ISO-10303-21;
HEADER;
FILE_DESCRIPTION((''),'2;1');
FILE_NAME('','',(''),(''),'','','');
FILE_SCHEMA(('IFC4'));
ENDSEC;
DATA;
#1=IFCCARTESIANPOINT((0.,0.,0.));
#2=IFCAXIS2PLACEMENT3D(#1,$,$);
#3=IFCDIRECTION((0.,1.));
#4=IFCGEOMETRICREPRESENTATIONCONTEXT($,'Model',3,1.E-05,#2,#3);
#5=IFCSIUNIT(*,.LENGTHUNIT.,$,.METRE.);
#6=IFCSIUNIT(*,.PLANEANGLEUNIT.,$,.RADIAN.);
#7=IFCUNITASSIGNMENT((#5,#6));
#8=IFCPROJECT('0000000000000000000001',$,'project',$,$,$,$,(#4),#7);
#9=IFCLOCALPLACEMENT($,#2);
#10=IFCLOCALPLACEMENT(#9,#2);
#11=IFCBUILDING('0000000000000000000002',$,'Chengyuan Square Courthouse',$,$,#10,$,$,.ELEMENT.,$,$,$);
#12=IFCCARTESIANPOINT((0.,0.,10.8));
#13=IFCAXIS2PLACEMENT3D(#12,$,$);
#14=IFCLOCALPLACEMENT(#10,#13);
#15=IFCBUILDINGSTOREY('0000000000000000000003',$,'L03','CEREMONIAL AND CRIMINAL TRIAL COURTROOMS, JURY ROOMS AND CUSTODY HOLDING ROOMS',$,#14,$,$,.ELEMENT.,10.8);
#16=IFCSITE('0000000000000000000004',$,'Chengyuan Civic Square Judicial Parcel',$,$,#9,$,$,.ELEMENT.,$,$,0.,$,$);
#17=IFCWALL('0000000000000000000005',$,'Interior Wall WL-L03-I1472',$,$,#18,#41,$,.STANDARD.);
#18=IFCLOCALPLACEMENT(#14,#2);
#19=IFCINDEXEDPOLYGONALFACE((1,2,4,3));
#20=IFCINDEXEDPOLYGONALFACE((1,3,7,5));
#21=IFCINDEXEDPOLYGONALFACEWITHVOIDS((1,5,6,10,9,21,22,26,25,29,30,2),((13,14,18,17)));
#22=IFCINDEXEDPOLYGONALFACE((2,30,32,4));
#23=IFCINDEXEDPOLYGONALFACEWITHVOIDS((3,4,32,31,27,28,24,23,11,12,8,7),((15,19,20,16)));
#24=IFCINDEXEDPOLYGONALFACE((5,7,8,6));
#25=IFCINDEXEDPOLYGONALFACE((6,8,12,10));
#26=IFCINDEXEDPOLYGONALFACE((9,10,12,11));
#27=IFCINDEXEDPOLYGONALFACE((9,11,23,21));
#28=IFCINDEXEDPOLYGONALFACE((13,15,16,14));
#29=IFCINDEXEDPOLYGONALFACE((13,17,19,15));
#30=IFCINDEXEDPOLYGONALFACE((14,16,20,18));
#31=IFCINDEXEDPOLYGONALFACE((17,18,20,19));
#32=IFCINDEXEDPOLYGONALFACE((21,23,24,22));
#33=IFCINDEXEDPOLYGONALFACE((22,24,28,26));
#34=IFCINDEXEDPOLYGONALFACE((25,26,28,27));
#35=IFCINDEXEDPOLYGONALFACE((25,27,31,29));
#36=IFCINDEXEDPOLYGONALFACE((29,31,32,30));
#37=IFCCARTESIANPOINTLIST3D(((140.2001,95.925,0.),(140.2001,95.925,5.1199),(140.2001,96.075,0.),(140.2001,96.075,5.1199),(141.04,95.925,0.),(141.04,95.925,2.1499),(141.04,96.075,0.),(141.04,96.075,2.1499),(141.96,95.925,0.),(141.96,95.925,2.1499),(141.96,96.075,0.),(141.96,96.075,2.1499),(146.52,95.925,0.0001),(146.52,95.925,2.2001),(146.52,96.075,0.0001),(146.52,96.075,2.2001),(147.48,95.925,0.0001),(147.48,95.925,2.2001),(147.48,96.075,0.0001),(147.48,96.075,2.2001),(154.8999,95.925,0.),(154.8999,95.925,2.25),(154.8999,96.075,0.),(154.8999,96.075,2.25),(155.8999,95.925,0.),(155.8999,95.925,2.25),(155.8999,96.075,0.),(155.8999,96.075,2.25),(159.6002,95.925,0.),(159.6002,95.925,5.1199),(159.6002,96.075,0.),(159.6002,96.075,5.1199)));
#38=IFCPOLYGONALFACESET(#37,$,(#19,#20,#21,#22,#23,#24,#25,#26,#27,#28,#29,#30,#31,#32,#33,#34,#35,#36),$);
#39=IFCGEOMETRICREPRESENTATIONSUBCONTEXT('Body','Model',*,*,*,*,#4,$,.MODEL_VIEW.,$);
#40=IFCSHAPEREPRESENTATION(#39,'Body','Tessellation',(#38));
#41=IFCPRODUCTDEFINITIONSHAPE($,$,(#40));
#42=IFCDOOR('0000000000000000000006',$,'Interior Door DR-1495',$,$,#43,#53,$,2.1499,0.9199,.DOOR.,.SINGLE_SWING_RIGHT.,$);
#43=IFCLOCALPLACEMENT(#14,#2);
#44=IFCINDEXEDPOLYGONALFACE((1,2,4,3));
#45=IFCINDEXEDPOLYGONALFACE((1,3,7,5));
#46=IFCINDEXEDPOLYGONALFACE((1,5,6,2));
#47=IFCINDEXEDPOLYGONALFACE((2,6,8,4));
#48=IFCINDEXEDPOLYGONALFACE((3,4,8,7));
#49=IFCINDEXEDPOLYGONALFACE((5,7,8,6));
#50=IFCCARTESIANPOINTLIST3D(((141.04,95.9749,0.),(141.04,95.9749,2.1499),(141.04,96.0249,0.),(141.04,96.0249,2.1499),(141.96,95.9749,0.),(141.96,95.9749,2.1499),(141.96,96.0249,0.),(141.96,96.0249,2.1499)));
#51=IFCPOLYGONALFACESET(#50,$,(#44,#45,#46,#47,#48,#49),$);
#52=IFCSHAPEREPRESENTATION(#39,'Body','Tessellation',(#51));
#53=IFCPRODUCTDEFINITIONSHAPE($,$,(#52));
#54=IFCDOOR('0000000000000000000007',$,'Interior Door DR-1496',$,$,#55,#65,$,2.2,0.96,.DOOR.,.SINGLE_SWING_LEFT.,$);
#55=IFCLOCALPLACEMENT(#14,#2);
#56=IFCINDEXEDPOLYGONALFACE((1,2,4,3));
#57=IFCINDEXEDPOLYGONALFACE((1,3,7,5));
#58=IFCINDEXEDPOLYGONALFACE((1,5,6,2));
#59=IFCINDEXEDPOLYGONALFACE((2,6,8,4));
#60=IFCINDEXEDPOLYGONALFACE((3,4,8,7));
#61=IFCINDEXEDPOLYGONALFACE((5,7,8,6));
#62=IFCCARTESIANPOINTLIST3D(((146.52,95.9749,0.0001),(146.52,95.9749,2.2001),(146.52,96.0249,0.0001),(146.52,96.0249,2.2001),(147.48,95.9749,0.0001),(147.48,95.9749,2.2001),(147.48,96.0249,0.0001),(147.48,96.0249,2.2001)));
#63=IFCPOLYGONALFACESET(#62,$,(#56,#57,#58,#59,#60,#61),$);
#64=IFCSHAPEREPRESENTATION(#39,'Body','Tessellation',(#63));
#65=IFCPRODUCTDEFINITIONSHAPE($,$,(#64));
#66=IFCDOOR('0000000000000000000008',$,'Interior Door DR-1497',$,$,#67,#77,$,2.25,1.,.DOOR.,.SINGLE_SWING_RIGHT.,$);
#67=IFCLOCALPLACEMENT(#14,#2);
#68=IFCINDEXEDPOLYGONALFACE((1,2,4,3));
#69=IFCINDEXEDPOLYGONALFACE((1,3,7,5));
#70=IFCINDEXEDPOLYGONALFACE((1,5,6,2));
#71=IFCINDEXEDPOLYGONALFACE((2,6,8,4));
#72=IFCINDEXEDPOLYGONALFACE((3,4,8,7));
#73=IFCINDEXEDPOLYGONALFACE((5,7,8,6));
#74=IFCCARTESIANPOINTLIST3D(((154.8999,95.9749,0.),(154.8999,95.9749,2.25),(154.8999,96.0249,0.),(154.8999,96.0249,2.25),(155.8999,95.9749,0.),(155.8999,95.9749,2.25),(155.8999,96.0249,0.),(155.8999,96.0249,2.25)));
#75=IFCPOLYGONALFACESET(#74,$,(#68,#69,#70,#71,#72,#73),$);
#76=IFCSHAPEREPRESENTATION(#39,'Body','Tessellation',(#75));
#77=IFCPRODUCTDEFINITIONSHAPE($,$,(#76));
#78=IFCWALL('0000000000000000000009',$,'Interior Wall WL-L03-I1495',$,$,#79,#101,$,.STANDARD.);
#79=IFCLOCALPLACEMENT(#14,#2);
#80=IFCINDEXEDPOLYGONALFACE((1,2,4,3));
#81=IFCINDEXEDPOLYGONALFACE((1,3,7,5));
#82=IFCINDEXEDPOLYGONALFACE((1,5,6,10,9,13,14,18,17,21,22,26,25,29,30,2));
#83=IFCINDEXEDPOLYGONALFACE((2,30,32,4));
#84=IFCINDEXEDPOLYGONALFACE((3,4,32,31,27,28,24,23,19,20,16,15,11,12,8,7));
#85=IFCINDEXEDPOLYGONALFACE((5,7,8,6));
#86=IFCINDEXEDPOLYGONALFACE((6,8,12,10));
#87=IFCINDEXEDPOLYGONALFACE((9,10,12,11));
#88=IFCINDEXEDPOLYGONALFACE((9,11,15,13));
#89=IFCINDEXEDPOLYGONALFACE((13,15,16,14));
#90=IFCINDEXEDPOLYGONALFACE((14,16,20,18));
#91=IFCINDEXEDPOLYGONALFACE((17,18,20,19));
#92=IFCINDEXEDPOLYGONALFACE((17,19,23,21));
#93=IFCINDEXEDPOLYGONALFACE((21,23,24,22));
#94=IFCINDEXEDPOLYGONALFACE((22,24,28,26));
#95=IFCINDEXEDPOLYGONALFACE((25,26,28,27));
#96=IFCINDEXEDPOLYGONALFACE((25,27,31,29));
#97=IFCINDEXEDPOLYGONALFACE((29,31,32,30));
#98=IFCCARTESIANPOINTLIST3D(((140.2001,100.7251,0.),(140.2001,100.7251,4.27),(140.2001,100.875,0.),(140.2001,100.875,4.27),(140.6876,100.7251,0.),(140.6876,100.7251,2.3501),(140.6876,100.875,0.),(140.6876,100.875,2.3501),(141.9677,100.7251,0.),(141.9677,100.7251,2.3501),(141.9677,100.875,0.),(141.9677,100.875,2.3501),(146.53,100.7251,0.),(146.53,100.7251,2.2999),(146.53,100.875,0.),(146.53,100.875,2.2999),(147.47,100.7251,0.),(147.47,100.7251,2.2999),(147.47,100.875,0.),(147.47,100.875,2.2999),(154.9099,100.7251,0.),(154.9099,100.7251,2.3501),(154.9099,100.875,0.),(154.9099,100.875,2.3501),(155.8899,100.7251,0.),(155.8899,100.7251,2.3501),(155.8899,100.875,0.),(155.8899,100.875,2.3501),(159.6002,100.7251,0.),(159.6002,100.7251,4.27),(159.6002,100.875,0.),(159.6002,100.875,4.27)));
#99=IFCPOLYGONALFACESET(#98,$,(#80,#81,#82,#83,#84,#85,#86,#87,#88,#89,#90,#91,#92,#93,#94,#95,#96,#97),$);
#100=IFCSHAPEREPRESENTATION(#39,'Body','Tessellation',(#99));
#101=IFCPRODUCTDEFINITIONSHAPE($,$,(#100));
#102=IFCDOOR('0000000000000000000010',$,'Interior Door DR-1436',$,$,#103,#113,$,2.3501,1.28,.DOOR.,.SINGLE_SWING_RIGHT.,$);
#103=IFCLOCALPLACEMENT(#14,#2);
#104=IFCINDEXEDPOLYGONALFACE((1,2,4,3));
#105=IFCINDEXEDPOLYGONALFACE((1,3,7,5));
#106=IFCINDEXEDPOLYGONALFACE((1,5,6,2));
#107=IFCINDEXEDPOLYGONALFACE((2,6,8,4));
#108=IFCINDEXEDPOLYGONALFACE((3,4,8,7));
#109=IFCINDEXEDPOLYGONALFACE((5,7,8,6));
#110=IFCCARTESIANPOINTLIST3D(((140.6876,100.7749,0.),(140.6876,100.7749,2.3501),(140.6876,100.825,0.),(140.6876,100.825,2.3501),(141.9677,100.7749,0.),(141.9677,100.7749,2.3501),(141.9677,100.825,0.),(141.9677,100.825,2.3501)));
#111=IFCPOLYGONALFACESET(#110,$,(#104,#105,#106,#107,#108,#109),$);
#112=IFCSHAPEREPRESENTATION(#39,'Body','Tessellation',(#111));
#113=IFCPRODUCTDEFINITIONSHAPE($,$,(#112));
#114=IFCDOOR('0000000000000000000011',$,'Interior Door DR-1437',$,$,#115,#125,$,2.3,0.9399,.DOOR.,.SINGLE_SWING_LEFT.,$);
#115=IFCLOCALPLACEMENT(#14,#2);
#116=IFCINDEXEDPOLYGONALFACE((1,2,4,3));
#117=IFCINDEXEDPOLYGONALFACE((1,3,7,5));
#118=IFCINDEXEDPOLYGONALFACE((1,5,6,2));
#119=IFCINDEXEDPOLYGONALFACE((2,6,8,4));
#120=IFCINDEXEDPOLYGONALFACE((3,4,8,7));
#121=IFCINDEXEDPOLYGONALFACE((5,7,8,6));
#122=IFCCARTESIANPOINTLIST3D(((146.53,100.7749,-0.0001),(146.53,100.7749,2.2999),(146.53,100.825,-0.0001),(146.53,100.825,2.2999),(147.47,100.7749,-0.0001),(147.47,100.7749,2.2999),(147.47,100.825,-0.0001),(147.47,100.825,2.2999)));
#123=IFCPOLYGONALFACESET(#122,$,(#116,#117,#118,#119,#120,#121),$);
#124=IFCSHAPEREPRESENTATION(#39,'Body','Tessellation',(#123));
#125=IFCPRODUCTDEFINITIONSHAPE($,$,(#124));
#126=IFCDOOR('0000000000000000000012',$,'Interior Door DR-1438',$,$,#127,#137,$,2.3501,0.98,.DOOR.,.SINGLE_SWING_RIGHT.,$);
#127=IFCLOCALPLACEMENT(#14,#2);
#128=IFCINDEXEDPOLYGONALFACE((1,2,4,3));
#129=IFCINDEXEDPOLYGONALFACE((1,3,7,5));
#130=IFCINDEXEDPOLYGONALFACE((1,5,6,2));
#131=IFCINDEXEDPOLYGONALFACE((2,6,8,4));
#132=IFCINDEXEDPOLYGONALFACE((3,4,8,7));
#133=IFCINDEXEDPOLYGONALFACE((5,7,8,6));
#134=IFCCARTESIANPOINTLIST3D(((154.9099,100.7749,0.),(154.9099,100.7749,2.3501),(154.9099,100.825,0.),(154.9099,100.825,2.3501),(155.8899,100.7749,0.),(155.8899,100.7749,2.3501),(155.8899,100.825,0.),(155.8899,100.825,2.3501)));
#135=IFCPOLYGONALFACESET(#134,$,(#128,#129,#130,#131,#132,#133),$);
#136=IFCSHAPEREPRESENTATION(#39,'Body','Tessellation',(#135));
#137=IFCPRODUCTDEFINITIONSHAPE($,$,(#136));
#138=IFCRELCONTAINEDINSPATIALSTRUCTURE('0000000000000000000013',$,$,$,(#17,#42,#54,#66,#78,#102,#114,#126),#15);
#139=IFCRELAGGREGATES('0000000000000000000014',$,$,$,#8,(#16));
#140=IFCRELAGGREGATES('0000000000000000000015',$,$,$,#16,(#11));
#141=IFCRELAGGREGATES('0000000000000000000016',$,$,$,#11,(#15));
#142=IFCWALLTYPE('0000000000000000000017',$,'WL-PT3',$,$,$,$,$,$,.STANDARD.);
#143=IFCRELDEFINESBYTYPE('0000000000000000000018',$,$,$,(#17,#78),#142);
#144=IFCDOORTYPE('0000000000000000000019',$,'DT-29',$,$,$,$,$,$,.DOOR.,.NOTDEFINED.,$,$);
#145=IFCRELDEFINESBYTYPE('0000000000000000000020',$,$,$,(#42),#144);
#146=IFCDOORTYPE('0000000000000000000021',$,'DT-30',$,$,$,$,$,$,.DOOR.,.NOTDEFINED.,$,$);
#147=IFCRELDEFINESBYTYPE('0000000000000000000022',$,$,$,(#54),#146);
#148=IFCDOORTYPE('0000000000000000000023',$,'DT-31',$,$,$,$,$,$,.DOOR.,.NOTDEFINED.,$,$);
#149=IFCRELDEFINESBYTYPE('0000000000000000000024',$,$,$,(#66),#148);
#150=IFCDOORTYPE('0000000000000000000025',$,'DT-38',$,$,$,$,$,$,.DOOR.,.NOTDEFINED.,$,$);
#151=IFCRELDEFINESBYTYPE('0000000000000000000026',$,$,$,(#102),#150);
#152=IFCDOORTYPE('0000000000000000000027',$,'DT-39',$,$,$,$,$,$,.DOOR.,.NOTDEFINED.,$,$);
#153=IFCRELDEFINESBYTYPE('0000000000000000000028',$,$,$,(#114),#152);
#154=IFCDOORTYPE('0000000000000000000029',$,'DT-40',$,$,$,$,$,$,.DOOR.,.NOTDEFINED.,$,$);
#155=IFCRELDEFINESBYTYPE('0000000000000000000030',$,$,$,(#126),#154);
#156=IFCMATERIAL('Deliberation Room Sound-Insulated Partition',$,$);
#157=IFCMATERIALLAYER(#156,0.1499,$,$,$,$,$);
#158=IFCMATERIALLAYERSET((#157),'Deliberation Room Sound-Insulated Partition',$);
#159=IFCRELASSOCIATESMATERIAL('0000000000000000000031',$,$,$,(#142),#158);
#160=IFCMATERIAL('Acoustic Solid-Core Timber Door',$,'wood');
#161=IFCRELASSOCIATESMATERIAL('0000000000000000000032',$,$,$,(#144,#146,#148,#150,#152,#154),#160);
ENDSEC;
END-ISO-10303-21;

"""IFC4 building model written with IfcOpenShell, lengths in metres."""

from ifc_helpers import new_model, si_unit, direction, frame, frame_2d, origin, place, context, subcontext, project, spatial, rectangle, extrude, material, layer, layer_set, type_object, element, fill, save


model = new_model("IFC4")

# Units and contexts
model_context = context("Model", 3, precision=1e-05, world=origin(), true_north=direction((0.0, 1.0)))
body_context = subcontext(model_context, "Body", "Model", "MODEL_VIEW")
ifc_project = project(units=[si_unit("LENGTHUNIT", "METRE"), si_unit("PLANEANGLEUNIT", "RADIAN")], contexts=[model_context])

# Site, building, storey
site_placement = place(None, origin())
site = spatial("IfcSite", under=ifc_project, at=site_placement, Name="Chengyuan Civic Square Judicial Parcel", CompositionType="ELEMENT", RefElevation=0.0)
building_placement = place(site_placement, origin())
building = spatial("IfcBuilding", under=site, at=building_placement, Name="Chengyuan Square Courthouse", CompositionType="ELEMENT")
storey_placement = place(building_placement, frame((0.0, 0.0, 10.8)))
storey = spatial("IfcBuildingStorey", under=building, at=storey_placement, Name="L03", Description="CEREMONIAL AND CRIMINAL TRIAL COURTROOMS, JURY ROOMS AND CUSTODY HOLDING ROOMS", CompositionType="ELEMENT", Elevation=10.8)

# Walls, openings, doors
ifc_material_1 = material(Name="Deliberation Room Sound-Insulated Partition")
ifc_layer_1 = layer(ifc_material_1, 0.1499)
ifc_layer_set_1 = layer_set([ifc_layer_1], Name="Deliberation Room Sound-Insulated Partition")
wall_type_1 = type_object("IfcWallType", Name="WL-PT3", PredefinedType="STANDARD", material=ifc_layer_set_1)
wall_1_placement = place(storey_placement, frame((140.2, 96.0, 0.0), z_axis=(0.0, 0.0, 1.0), x_axis=(1.0, 0.0, 0.0)))
wall_1 = element("IfcWall", 1, at=wall_1_placement, inside=storey, type_object=wall_type_1, Name="Interior Wall WL-L03-I1472", PredefinedType="STANDARD", context=body_context, shape_type="SweptSolid", body=[
    extrude(rectangle(XDim=19.4001, YDim=0.1499, at=frame_2d((9.7002, 0.0))), origin(), (0.0, 0.0, 1.0), 5.1199),
])
opening_1_placement = place(wall_1_placement, frame((0.8401, 0.0, 0.0)))
opening_1 = element("IfcOpeningElement", 2, at=opening_1_placement, cuts=wall_1, PredefinedType="OPENING", context=body_context, shape_type="SweptSolid", body=[
    extrude(rectangle(XDim=0.9199, YDim=2.1499, at=frame_2d((0.46, 1.075))), frame((0.0, 0.0869, 0.0), z_axis=(0.0, -1.0, 0.0), x_axis=(1.0, 0.0, 0.0)), (0.0, 0.0, 1.0), 0.1738),
])
opening_2_placement = place(wall_1_placement, frame((6.3201, 0.0, 0.0)))
opening_2 = element("IfcOpeningElement", 3, at=opening_2_placement, cuts=wall_1, PredefinedType="OPENING", context=body_context, shape_type="SweptSolid", body=[
    extrude(rectangle(XDim=0.96, YDim=2.2, at=frame_2d((0.48, 1.1001))), frame((0.0, 0.0869, 0.0), z_axis=(0.0, -1.0, 0.0), x_axis=(1.0, 0.0, 0.0)), (0.0, 0.0, 1.0), 0.1738),
])
opening_3_placement = place(wall_1_placement, frame((14.7, 0.0, 0.0)))
opening_3 = element("IfcOpeningElement", 4, at=opening_3_placement, cuts=wall_1, PredefinedType="OPENING", context=body_context, shape_type="SweptSolid", body=[
    extrude(rectangle(XDim=1.0, YDim=2.25, at=frame_2d((0.5, 1.125))), frame((0.0, 0.0869, 0.0), z_axis=(0.0, -1.0, 0.0), x_axis=(1.0, 0.0, 0.0)), (0.0, 0.0, 1.0), 0.1738),
])
ifc_material_2 = material(Name="Acoustic Solid-Core Timber Door", Category="wood")
door_type_1 = type_object("IfcDoorType", Name="DT-29", OperationType="NOTDEFINED", PredefinedType="DOOR", material=ifc_material_2)
door_1_placement = place(opening_1_placement, origin())
door_1 = element("IfcDoor", 5, at=door_1_placement, inside=storey, type_object=door_type_1, Name="Interior Door DR-1495", OperationType="SINGLE_SWING_RIGHT", OverallHeight=2.1499, OverallWidth=0.9199, PredefinedType="DOOR", context=body_context, shape_type="SweptSolid", body=[
    extrude(rectangle(XDim=0.9199, YDim=2.1499, at=frame_2d((0.46, 1.075))), frame((0.0, 0.0249, 0.0), z_axis=(0.0, -1.0, 0.0), x_axis=(1.0, 0.0, 0.0)), (0.0, 0.0, 1.0), 0.05),
])
fill(opening_1, door_1)
door_type_2 = type_object("IfcDoorType", Name="DT-30", OperationType="NOTDEFINED", PredefinedType="DOOR", material=ifc_material_2)
door_2_placement = place(opening_2_placement, origin())
door_2 = element("IfcDoor", 6, at=door_2_placement, inside=storey, type_object=door_type_2, Name="Interior Door DR-1496", OperationType="SINGLE_SWING_LEFT", OverallHeight=2.2, OverallWidth=0.96, PredefinedType="DOOR", context=body_context, shape_type="SweptSolid", body=[
    extrude(rectangle(XDim=0.96, YDim=2.2, at=frame_2d((0.48, 1.1001))), frame((0.0, 0.0249, 0.0), z_axis=(0.0, -1.0, 0.0), x_axis=(1.0, 0.0, 0.0)), (0.0, 0.0, 1.0), 0.05),
])
fill(opening_2, door_2)
door_type_3 = type_object("IfcDoorType", Name="DT-31", OperationType="NOTDEFINED", PredefinedType="DOOR", material=ifc_material_2)
door_3_placement = place(opening_3_placement, origin())
door_3 = element("IfcDoor", 7, at=door_3_placement, inside=storey, type_object=door_type_3, Name="Interior Door DR-1497", OperationType="SINGLE_SWING_RIGHT", OverallHeight=2.25, OverallWidth=1.0, PredefinedType="DOOR", context=body_context, shape_type="SweptSolid", body=[
    extrude(rectangle(XDim=1.0, YDim=2.25, at=frame_2d((0.5, 1.125))), frame((0.0, 0.0249, 0.0), z_axis=(0.0, -1.0, 0.0), x_axis=(1.0, 0.0, 0.0)), (0.0, 0.0, 1.0), 0.05),
])
fill(opening_3, door_3)
wall_2_placement = place(storey_placement, frame((140.2, 100.8, 0.0), z_axis=(0.0, 0.0, 1.0), x_axis=(1.0, 0.0, 0.0)))
wall_2 = element("IfcWall", 8, at=wall_2_placement, inside=storey, type_object=wall_type_1, Name="Interior Wall WL-L03-I1495", PredefinedType="STANDARD", context=body_context, shape_type="SweptSolid", body=[
    extrude(rectangle(XDim=19.4001, YDim=0.1499, at=frame_2d((9.7002, 0.0))), origin(), (0.0, 0.0, 1.0), 4.27),
])
opening_4_placement = place(wall_2_placement, frame((0.4875, 0.0, 0.0)))
opening_4 = element("IfcOpeningElement", 9, at=opening_4_placement, cuts=wall_2, PredefinedType="OPENING", context=body_context, shape_type="SweptSolid", body=[
    extrude(rectangle(XDim=1.28, YDim=2.3501, at=frame_2d((0.6401, 1.175))), frame((0.0, 0.0869, 0.0), z_axis=(0.0, -1.0, 0.0), x_axis=(1.0, 0.0, 0.0)), (0.0, 0.0, 1.0), 0.1738),
])
opening_5_placement = place(wall_2_placement, frame((6.3301, 0.0, 0.0)))
opening_5 = element("IfcOpeningElement", 10, at=opening_5_placement, cuts=wall_2, PredefinedType="OPENING", context=body_context, shape_type="SweptSolid", body=[
    extrude(rectangle(XDim=0.9399, YDim=2.3, at=frame_2d((0.47, 1.1499))), frame((0.0, 0.0869, 0.0), z_axis=(0.0, -1.0, 0.0), x_axis=(1.0, 0.0, 0.0)), (0.0, 0.0, 1.0), 0.1738),
])
opening_6_placement = place(wall_2_placement, frame((14.71, 0.0, 0.0)))
opening_6 = element("IfcOpeningElement", 11, at=opening_6_placement, cuts=wall_2, PredefinedType="OPENING", context=body_context, shape_type="SweptSolid", body=[
    extrude(rectangle(XDim=0.98, YDim=2.3501, at=frame_2d((0.49, 1.175))), frame((0.0, 0.0869, 0.0), z_axis=(0.0, -1.0, 0.0), x_axis=(1.0, 0.0, 0.0)), (0.0, 0.0, 1.0), 0.1738),
])
door_type_4 = type_object("IfcDoorType", Name="DT-38", OperationType="NOTDEFINED", PredefinedType="DOOR", material=ifc_material_2)
door_4_placement = place(opening_4_placement, origin())
door_4 = element("IfcDoor", 12, at=door_4_placement, inside=storey, type_object=door_type_4, Name="Interior Door DR-1436", OperationType="SINGLE_SWING_RIGHT", OverallHeight=2.3501, OverallWidth=1.28, PredefinedType="DOOR", context=body_context, shape_type="SweptSolid", body=[
    extrude(rectangle(XDim=1.28, YDim=2.3501, at=frame_2d((0.6401, 1.175))), frame((0.0, 0.0249, 0.0), z_axis=(0.0, -1.0, 0.0), x_axis=(1.0, 0.0, 0.0)), (0.0, 0.0, 1.0), 0.05),
])
fill(opening_4, door_4)
door_type_5 = type_object("IfcDoorType", Name="DT-39", OperationType="NOTDEFINED", PredefinedType="DOOR", material=ifc_material_2)
door_5_placement = place(opening_5_placement, origin())
door_5 = element("IfcDoor", 13, at=door_5_placement, inside=storey, type_object=door_type_5, Name="Interior Door DR-1437", OperationType="SINGLE_SWING_LEFT", OverallHeight=2.3, OverallWidth=0.9399, PredefinedType="DOOR", context=body_context, shape_type="SweptSolid", body=[
    extrude(rectangle(XDim=0.9399, YDim=2.3, at=frame_2d((0.47, 1.1499))), frame((0.0, 0.0249, 0.0), z_axis=(0.0, -1.0, 0.0), x_axis=(1.0, 0.0, 0.0)), (0.0, 0.0, 1.0), 0.05),
])
fill(opening_5, door_5)
door_type_6 = type_object("IfcDoorType", Name="DT-40", OperationType="NOTDEFINED", PredefinedType="DOOR", material=ifc_material_2)
door_6_placement = place(opening_6_placement, origin())
door_6 = element("IfcDoor", 14, at=door_6_placement, inside=storey, type_object=door_type_6, Name="Interior Door DR-1438", OperationType="SINGLE_SWING_RIGHT", OverallHeight=2.3501, OverallWidth=0.98, PredefinedType="DOOR", context=body_context, shape_type="SweptSolid", body=[
    extrude(rectangle(XDim=0.98, YDim=2.3501, at=frame_2d((0.49, 1.175))), frame((0.0, 0.0249, 0.0), z_axis=(0.0, -1.0, 0.0), x_axis=(1.0, 0.0, 0.0)), (0.0, 0.0, 1.0), 0.05),
])
fill(opening_6, door_6)

save(model, "model.ifc")
